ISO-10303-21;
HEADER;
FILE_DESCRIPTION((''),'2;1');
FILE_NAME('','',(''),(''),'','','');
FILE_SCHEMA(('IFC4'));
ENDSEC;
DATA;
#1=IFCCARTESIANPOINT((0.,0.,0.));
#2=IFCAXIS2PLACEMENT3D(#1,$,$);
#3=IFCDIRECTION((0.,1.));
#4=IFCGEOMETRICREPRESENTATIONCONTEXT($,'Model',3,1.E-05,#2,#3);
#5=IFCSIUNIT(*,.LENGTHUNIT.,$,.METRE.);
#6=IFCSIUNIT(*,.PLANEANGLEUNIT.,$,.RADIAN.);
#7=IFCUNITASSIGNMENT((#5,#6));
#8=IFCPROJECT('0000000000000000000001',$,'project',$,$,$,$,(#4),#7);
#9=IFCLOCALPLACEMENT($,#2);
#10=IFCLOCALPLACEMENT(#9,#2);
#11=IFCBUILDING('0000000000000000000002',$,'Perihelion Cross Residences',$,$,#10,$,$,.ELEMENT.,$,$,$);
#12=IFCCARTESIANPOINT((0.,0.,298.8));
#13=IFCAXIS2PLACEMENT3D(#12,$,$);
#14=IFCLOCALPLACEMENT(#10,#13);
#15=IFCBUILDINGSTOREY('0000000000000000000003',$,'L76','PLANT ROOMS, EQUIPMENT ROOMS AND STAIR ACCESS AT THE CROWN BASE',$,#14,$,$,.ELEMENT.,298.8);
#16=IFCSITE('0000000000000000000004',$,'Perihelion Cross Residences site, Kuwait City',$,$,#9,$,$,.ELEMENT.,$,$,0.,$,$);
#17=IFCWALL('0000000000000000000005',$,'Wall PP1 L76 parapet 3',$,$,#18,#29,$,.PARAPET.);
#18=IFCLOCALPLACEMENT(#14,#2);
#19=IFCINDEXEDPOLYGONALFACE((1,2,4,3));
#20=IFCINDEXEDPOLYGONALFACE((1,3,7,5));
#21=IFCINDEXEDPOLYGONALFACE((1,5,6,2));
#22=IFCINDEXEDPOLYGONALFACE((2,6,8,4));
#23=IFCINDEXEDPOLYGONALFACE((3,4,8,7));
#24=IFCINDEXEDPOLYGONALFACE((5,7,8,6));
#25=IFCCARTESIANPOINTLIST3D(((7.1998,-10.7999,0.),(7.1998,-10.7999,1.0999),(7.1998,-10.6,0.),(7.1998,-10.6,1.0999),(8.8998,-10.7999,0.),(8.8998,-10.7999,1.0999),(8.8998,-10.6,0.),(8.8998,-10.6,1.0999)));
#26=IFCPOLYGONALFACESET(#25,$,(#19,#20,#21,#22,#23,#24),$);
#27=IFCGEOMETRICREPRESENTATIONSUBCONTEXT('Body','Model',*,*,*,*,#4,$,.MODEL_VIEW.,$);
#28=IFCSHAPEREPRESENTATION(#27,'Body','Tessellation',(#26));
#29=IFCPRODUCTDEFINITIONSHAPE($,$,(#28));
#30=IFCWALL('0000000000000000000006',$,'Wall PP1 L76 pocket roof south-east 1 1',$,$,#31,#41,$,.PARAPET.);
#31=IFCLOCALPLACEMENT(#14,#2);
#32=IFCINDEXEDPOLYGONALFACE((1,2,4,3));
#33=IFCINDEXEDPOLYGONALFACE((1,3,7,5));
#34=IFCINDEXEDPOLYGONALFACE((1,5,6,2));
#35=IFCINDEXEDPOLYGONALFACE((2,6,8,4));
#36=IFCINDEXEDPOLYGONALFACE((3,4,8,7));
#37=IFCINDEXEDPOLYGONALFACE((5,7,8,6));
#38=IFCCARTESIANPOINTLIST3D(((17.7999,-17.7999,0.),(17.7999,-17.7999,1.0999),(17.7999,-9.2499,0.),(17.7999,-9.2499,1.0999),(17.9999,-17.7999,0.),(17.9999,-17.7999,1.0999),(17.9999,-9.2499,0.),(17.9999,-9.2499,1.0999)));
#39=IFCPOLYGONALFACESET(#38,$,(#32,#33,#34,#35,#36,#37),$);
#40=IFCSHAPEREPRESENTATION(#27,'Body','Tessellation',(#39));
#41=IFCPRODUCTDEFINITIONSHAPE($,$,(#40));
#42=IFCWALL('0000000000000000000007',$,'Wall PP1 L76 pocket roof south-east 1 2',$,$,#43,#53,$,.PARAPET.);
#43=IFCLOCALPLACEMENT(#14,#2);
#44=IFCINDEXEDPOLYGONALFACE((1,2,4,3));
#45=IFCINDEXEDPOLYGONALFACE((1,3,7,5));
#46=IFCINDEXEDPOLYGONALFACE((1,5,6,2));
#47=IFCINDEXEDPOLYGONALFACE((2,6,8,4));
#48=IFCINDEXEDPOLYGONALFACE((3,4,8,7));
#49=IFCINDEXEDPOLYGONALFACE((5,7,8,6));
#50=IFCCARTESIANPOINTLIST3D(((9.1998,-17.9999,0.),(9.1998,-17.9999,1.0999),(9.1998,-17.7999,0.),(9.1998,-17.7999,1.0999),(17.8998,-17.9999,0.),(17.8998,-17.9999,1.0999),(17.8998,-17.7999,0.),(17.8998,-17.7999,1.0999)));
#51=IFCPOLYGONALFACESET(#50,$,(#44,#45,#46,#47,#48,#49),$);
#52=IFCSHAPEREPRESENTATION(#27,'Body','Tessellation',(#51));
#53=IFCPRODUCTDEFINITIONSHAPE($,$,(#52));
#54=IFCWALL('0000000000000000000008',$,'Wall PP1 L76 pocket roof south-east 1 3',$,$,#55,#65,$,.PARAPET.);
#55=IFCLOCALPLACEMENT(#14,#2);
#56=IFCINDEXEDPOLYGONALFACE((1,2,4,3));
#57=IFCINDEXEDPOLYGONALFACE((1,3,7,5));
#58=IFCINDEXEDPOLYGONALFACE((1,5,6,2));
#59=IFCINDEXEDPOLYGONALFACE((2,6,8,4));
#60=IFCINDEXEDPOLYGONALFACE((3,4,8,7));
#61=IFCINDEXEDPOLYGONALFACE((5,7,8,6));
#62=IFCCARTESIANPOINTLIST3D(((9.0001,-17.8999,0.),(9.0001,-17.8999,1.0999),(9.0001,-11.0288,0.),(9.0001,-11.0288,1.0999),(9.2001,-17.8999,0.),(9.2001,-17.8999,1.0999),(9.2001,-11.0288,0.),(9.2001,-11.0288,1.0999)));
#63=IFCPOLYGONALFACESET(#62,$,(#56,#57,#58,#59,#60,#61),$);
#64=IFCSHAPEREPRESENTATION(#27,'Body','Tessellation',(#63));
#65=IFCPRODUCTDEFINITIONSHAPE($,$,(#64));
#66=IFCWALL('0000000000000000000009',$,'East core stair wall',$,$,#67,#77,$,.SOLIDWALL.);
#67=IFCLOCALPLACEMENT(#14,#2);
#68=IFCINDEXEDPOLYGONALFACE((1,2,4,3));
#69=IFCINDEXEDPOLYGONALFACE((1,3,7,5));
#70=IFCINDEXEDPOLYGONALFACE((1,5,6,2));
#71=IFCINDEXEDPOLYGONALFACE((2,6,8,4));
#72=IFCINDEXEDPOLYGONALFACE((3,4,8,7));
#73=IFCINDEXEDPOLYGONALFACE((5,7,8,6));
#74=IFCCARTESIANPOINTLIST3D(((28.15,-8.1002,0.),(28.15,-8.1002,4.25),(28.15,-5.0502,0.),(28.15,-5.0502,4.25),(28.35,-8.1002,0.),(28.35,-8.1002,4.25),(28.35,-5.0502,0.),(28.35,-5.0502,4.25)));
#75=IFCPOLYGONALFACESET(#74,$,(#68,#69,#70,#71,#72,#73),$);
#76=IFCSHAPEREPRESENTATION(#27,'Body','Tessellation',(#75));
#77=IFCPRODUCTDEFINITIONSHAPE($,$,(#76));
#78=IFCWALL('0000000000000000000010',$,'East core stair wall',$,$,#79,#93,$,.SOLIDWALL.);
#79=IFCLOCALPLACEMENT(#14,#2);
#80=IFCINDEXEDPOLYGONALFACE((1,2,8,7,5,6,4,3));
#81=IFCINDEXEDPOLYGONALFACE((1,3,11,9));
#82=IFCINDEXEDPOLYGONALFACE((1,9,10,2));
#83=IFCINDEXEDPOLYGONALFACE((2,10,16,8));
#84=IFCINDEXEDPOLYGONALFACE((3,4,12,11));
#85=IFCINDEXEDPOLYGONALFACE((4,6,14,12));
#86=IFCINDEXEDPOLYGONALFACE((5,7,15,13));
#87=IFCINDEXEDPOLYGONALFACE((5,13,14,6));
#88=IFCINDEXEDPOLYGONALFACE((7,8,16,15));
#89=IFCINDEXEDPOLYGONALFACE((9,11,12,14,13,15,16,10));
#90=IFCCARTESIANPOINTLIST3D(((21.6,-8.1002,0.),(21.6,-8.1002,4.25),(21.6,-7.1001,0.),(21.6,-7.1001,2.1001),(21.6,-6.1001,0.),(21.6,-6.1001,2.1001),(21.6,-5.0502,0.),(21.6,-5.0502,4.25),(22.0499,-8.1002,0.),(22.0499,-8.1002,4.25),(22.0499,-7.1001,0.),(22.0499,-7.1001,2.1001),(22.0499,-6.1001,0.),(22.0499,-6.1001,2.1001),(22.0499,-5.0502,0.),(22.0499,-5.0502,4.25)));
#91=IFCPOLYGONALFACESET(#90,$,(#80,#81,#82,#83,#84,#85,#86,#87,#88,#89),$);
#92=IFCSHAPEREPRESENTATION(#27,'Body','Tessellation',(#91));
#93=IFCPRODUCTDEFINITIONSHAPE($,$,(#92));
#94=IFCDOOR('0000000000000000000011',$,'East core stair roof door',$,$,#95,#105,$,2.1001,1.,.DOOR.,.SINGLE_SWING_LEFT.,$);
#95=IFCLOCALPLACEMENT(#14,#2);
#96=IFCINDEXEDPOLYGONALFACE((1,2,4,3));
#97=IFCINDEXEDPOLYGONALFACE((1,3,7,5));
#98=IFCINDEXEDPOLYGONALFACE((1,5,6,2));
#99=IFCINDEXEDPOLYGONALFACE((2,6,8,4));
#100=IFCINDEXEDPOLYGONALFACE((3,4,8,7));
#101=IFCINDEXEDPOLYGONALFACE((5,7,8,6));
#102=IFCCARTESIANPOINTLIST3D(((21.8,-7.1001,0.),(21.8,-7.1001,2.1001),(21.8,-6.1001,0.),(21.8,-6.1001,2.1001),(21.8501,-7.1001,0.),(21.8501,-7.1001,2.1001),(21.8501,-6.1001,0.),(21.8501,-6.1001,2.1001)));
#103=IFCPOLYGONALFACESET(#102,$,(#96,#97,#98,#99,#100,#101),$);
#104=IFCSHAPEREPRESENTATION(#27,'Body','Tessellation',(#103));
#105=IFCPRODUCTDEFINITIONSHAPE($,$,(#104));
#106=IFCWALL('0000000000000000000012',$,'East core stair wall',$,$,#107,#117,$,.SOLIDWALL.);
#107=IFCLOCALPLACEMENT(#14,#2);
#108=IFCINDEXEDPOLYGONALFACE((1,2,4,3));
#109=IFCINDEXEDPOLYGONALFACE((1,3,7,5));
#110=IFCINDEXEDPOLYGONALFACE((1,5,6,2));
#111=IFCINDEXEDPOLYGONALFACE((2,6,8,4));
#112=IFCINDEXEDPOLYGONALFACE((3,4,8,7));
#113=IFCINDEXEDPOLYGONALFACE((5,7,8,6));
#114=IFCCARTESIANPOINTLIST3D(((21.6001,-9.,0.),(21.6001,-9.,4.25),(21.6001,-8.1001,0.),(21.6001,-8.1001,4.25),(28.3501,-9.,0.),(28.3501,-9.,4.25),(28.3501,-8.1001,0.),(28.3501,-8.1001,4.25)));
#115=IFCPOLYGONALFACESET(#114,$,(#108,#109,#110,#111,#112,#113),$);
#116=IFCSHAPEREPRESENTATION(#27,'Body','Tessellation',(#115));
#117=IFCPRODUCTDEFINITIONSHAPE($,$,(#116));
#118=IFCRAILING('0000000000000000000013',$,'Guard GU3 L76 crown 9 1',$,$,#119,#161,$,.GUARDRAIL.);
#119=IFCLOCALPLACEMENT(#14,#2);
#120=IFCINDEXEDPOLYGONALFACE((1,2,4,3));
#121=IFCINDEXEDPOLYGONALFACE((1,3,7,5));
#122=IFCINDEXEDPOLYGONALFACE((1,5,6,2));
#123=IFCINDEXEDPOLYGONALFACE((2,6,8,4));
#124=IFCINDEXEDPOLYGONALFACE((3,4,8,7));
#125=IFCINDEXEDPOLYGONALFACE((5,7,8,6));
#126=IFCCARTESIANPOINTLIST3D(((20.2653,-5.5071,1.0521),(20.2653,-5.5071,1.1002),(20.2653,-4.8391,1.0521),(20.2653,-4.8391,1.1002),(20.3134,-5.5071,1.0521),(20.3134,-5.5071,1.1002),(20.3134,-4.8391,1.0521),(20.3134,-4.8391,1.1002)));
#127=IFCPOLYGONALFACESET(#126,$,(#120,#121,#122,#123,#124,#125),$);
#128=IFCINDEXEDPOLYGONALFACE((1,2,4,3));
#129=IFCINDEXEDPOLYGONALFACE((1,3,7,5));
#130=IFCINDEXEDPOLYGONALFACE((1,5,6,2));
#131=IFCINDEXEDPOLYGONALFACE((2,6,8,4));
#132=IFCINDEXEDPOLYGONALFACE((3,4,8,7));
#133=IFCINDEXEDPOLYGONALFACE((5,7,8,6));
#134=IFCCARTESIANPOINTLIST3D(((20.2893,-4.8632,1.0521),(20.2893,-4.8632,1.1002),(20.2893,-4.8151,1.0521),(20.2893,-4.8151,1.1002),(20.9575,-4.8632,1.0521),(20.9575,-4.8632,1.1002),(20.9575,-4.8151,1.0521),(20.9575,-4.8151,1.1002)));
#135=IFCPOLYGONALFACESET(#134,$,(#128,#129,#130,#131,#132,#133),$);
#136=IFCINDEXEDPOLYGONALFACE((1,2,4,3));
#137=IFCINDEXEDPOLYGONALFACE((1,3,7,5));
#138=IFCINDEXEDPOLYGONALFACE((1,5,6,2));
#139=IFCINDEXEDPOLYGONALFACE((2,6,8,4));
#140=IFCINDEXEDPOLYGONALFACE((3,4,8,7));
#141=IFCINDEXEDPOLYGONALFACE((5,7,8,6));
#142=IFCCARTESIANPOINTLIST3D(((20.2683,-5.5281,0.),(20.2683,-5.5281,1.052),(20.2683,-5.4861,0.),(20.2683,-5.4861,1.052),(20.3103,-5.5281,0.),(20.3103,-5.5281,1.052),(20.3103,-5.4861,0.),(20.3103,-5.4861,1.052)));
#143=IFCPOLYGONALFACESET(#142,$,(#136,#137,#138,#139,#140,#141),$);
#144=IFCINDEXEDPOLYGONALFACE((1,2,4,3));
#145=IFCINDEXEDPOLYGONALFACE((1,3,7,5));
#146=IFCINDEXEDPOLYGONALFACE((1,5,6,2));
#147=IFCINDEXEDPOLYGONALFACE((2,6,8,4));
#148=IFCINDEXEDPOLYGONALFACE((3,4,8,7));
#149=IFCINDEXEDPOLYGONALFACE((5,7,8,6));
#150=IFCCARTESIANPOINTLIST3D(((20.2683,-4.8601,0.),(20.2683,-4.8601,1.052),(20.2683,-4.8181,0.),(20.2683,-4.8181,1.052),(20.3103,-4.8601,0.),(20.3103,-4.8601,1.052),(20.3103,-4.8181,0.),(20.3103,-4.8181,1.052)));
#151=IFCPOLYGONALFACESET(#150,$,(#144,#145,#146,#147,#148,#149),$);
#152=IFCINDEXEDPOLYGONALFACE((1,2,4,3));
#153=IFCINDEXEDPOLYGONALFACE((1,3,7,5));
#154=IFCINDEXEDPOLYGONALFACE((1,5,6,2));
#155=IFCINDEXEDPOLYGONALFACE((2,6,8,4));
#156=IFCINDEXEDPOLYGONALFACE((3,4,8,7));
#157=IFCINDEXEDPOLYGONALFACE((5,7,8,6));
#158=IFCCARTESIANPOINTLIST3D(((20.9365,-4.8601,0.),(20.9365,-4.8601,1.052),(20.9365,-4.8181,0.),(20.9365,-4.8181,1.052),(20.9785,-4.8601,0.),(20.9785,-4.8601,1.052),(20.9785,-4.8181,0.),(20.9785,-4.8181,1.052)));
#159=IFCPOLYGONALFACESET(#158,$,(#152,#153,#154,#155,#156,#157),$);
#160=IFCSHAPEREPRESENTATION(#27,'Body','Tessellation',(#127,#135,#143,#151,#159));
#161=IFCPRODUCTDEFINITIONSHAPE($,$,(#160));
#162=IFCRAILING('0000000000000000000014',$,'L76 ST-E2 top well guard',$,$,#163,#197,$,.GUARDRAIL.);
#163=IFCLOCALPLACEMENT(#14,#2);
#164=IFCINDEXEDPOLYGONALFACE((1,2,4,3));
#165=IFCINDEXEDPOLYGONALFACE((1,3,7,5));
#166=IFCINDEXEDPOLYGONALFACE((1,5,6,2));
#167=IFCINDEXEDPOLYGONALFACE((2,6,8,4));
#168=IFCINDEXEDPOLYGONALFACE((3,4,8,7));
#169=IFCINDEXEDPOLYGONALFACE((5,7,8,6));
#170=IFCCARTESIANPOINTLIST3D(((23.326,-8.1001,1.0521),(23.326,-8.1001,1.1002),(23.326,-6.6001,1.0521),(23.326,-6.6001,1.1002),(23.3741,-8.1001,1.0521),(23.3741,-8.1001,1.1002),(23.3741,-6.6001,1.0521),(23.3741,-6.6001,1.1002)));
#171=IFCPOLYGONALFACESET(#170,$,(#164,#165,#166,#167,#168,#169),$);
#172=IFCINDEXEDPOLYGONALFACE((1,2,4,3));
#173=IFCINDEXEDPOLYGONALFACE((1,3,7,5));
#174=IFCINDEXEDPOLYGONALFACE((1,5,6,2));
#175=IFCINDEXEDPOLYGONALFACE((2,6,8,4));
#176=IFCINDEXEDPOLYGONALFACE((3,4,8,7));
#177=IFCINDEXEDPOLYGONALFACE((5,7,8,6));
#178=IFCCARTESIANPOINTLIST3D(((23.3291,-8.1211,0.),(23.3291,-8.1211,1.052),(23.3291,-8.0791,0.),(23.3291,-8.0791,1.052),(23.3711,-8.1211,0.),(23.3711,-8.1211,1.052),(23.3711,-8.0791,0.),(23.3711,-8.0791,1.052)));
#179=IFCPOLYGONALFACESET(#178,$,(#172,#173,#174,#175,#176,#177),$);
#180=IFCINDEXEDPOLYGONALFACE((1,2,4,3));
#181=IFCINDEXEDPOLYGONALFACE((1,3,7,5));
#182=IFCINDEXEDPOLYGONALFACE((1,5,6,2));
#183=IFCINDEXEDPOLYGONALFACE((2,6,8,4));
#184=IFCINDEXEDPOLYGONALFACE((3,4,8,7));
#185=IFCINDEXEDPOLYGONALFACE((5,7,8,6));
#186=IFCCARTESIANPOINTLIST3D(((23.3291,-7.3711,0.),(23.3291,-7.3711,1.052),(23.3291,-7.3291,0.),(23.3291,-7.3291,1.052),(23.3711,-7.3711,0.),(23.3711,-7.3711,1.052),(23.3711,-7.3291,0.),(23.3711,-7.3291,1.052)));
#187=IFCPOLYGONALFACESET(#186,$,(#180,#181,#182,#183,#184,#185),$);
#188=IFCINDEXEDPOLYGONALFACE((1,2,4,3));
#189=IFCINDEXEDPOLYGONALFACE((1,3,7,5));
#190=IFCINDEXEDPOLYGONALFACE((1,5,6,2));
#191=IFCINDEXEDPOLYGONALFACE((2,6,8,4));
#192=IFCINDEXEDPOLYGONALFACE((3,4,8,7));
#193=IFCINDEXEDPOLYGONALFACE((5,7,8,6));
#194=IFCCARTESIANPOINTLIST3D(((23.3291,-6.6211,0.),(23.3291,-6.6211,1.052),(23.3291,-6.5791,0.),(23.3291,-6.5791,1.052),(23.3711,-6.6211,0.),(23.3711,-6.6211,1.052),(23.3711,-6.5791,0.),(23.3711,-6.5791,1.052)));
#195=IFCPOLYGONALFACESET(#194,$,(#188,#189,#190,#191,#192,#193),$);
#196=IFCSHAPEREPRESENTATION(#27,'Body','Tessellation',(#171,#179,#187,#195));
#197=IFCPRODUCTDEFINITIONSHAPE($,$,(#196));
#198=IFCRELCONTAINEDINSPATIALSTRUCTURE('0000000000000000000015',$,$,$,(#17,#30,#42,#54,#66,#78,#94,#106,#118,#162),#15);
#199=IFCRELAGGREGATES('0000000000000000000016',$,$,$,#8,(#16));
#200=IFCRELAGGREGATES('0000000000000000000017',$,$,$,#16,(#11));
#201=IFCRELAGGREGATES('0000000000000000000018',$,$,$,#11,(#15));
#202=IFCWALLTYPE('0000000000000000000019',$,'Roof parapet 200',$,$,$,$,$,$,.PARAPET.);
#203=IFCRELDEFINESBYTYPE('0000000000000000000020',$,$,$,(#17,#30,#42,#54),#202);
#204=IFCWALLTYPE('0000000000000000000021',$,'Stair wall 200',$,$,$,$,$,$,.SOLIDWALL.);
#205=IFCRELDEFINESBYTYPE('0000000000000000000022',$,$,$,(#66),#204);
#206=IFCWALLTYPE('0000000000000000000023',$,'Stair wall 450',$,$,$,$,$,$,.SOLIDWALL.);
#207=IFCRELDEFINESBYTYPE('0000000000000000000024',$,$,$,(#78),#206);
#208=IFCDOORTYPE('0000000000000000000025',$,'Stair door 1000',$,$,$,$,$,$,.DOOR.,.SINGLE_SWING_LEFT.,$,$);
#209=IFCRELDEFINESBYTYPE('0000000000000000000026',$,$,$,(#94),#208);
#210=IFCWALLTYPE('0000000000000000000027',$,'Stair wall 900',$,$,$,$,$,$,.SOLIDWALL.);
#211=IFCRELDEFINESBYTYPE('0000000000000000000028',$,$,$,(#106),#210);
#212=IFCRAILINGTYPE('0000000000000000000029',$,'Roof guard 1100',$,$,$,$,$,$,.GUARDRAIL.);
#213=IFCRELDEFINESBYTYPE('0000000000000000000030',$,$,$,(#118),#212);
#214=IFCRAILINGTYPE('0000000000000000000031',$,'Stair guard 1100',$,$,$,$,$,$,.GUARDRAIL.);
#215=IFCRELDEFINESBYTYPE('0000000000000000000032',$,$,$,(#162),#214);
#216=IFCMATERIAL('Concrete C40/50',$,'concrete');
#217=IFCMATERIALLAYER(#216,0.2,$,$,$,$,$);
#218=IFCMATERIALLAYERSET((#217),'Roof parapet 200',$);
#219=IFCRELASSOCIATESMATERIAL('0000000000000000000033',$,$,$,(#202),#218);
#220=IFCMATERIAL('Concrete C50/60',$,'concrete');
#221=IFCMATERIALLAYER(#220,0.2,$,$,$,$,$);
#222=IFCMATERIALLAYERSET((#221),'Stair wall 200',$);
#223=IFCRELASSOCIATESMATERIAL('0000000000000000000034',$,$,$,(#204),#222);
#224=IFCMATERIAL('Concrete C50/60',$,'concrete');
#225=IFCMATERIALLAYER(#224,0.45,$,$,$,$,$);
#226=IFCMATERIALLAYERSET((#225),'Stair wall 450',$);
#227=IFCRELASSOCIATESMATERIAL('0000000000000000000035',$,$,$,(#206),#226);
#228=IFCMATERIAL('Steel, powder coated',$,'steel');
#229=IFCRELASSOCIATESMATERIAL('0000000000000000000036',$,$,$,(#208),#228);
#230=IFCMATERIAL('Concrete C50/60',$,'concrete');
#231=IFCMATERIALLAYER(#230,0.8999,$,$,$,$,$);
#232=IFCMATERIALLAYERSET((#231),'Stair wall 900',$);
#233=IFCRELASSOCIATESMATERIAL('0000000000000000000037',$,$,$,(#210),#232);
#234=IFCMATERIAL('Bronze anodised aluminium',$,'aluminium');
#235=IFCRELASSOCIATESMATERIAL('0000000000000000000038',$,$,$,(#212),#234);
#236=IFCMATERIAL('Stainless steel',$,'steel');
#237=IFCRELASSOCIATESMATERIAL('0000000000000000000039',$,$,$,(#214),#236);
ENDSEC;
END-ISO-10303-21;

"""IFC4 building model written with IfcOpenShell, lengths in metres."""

from ifc_helpers import new_model, si_unit, direction, frame, frame_2d, origin, origin_2d, place, context, subcontext, project, spatial, rectangle, extrude, material, layer, layer_set, type_object, element, fill, save


model = new_model("IFC4")

# Units and contexts
model_context = context("Model", 3, precision=1e-05, world=origin(), true_north=direction((0.0, 1.0)))
body_context = subcontext(model_context, "Body", "Model", "MODEL_VIEW")
ifc_project = project(units=[si_unit("LENGTHUNIT", "METRE"), si_unit("PLANEANGLEUNIT", "RADIAN")], contexts=[model_context])

# Site, building, storey
site_placement = place(None, origin())
site = spatial("IfcSite", under=ifc_project, at=site_placement, Name="Perihelion Cross Residences site, Kuwait City", CompositionType="ELEMENT", RefElevation=0.0)
building_placement = place(site_placement, origin())
building = spatial("IfcBuilding", under=site, at=building_placement, Name="Perihelion Cross Residences", CompositionType="ELEMENT")
storey_placement = place(building_placement, frame((0.0, 0.0, 298.8)))
storey = spatial("IfcBuildingStorey", under=building, at=storey_placement, Name="L76", Description="PLANT ROOMS, EQUIPMENT ROOMS AND STAIR ACCESS AT THE CROWN BASE", CompositionType="ELEMENT", Elevation=298.8)

# Walls
ifc_material_1 = material(Name="Concrete C40/50", Category="concrete")
ifc_layer_1 = layer(ifc_material_1, 0.2)
ifc_layer_set_1 = layer_set([ifc_layer_1], Name="Roof parapet 200")
wall_type_1 = type_object("IfcWallType", Name="Roof parapet 200", PredefinedType="PARAPET", material=ifc_layer_set_1)
wall_1_placement = place(storey_placement, frame((8.8999, -10.7, 0.0), z_axis=(0.0, 0.0, 1.0), x_axis=(-1.0, 0.0, 0.0)))
element("IfcWall", 1, at=wall_1_placement, inside=storey, type_object=wall_type_1, Name="Wall PP1 L76 parapet 3", PredefinedType="PARAPET", context=body_context, shape_type="SweptSolid", body=[
    extrude(rectangle(XDim=1.7, YDim=0.2, at=frame_2d((0.8501, 0.0))), origin(), (0.0, 0.0, 1.0), 1.0999),
])
wall_2_placement = place(storey_placement, frame((17.8999, -9.25, 0.0), z_axis=(0.0, 0.0, 1.0), x_axis=(0.0, -1.0, 0.0)))
element("IfcWall", 2, at=wall_2_placement, inside=storey, type_object=wall_type_1, Name="Wall PP1 L76 pocket roof south-east 1 1", PredefinedType="PARAPET", context=body_context, shape_type="SweptSolid", body=[
    extrude(rectangle(XDim=8.55, YDim=0.2, at=frame_2d((4.2749, 0.0))), origin(), (0.0, 0.0, 1.0), 1.0999),
])
wall_3_placement = place(storey_placement, frame((17.8999, -17.8999, 0.0), z_axis=(0.0, 0.0, 1.0), x_axis=(-1.0, 0.0, 0.0)))
element("IfcWall", 3, at=wall_3_placement, inside=storey, type_object=wall_type_1, Name="Wall PP1 L76 pocket roof south-east 1 2", PredefinedType="PARAPET", context=body_context, shape_type="SweptSolid", body=[
    extrude(rectangle(XDim=8.7, YDim=0.2, at=frame_2d((4.3501, 0.0))), origin(), (0.0, 0.0, 1.0), 1.0999),
])
wall_4_placement = place(storey_placement, frame((9.1001, -17.8999, 0.0), z_axis=(0.0, 0.0, 1.0), x_axis=(0.0, 1.0, 0.0)))
element("IfcWall", 4, at=wall_4_placement, inside=storey, type_object=wall_type_1, Name="Wall PP1 L76 pocket roof south-east 1 3", PredefinedType="PARAPET", context=body_context, shape_type="SweptSolid", body=[
    extrude(rectangle(XDim=6.8711, YDim=0.2, at=frame_2d((3.4355, 0.0))), origin(), (0.0, 0.0, 1.0), 1.0999),
])
ifc_material_2 = material(Name="Concrete C50/60", Category="concrete")
ifc_layer_2 = layer(ifc_material_2, 0.2)
ifc_layer_set_2 = layer_set([ifc_layer_2], Name="Stair wall 200")
wall_type_2 = type_object("IfcWallType", Name="Stair wall 200", PredefinedType="SOLIDWALL", material=ifc_layer_set_2)
wall_5_placement = place(storey_placement, frame((28.25, -8.1001, 0.0), z_axis=(0.0, 0.0, 1.0), x_axis=(0.0, 1.0, 0.0)))
element("IfcWall", 5, at=wall_5_placement, inside=storey, type_object=wall_type_2, Name="East core stair wall", PredefinedType="SOLIDWALL", context=body_context, shape_type="SweptSolid", body=[
    extrude(rectangle(XDim=3.05, YDim=0.2, at=frame_2d((1.5249, 0.0))), origin(), (0.0, 0.0, 1.0), 4.25),
])

# Wall, opening, door
ifc_material_3 = material(Name="Concrete C50/60", Category="concrete")
ifc_layer_3 = layer(ifc_material_3, 0.45)
ifc_layer_set_3 = layer_set([ifc_layer_3], Name="Stair wall 450")
wall_type_3 = type_object("IfcWallType", Name="Stair wall 450", PredefinedType="SOLIDWALL", material=ifc_layer_set_3)
wall_6_placement = place(storey_placement, frame((21.825, -8.1001, 0.0), z_axis=(0.0, 0.0, 1.0), x_axis=(0.0, 1.0, 0.0)))
wall_6 = element("IfcWall", 6, at=wall_6_placement, inside=storey, type_object=wall_type_3, Name="East core stair wall", PredefinedType="SOLIDWALL", context=body_context, shape_type="SweptSolid", body=[
    extrude(rectangle(XDim=3.05, YDim=0.45, at=frame_2d((1.5249, 0.0))), origin(), (0.0, 0.0, 1.0), 4.25),
])
opening_placement = place(wall_6_placement, frame((1.0, 0.0, 0.0)))
opening = element("IfcOpeningElement", 7, at=opening_placement, cuts=wall_6, PredefinedType="OPENING", context=body_context, shape_type="SweptSolid", body=[
    extrude(rectangle(XDim=1.0, YDim=2.1001, at=frame_2d((0.5, 1.05))), frame((0.0, 0.2349, 0.0), z_axis=(0.0, -1.0, 0.0), x_axis=(1.0, 0.0, 0.0)), (0.0, 0.0, 1.0), 0.47),
])
ifc_material_4 = material(Name="Steel, powder coated", Category="steel")
door_type = type_object("IfcDoorType", Name="Stair door 1000", OperationType="SINGLE_SWING_LEFT", PredefinedType="DOOR", material=ifc_material_4)
door_placement = place(opening_placement, origin())
door = element("IfcDoor", 8, at=door_placement, inside=storey, type_object=door_type, Name="East core stair roof door", OperationType="SINGLE_SWING_LEFT", OverallHeight=2.1001, OverallWidth=1.0, PredefinedType="DOOR", context=body_context, shape_type="SweptSolid", body=[
    extrude(rectangle(XDim=1.0, YDim=2.1001, at=frame_2d((0.5, 1.05))), frame((0.0, 0.0249, 0.0), z_axis=(0.0, -1.0, 0.0), x_axis=(1.0, 0.0, 0.0)), (0.0, 0.0, 1.0), 0.05),
])
fill(opening, door)

# Wall
ifc_material_5 = material(Name="Concrete C50/60", Category="concrete")
ifc_layer_4 = layer(ifc_material_5, 0.8999)
ifc_layer_set_4 = layer_set([ifc_layer_4], Name="Stair wall 900")
wall_type_4 = type_object("IfcWallType", Name="Stair wall 900", PredefinedType="SOLIDWALL", material=ifc_layer_set_4)
wall_7_placement = place(storey_placement, frame((21.6001, -8.55, 0.0), z_axis=(0.0, 0.0, 1.0), x_axis=(1.0, 0.0, 0.0)))
element("IfcWall", 9, at=wall_7_placement, inside=storey, type_object=wall_type_4, Name="East core stair wall", PredefinedType="SOLIDWALL", context=body_context, shape_type="SweptSolid", body=[
    extrude(rectangle(XDim=6.75, YDim=0.8999, at=frame_2d((3.375, 0.0))), origin(), (0.0, 0.0, 1.0), 4.25),
])

# Railings
ifc_material_6 = material(Name="Bronze anodised aluminium", Category="aluminium")
railing_type_1 = type_object("IfcRailingType", Name="Roof guard 1100", PredefinedType="GUARDRAIL", material=ifc_material_6)
railing_1_placement = place(storey_placement, frame((20.2893, -5.5071, 0.0)))
element("IfcRailing", 10, at=railing_1_placement, inside=storey, type_object=railing_type_1, Name="Guard GU3 L76 crown 9 1", PredefinedType="GUARDRAIL", context=body_context, shape_type="SweptSolid", body=[
    extrude(rectangle(XDim=0.0481, YDim=0.0481, at=origin_2d()), frame((0.0, 0.0, 1.0762), z_axis=(0.0, 1.0, 0.0), x_axis=(-1.0, 0.0, 0.0)), (0.0, 0.0, 1.0), 0.668),
    extrude(rectangle(XDim=0.0481, YDim=0.0481, at=origin_2d()), frame((0.0, 0.668, 1.0762), z_axis=(1.0, 0.0, 0.0), x_axis=(0.0, 1.0, 0.0)), (0.0, 0.0, 1.0), 0.6682),
    extrude(rectangle(XDim=0.042, YDim=0.042, at=origin_2d()), origin(), (0.0, 0.0, 1.0), 1.052),
    extrude(rectangle(XDim=0.042, YDim=0.042, at=origin_2d()), frame((0.0, 0.668, 0.0)), (0.0, 0.0, 1.0), 1.052),
    extrude(rectangle(XDim=0.042, YDim=0.042, at=origin_2d()), frame((0.6682, 0.668, 0.0)), (0.0, 0.0, 1.0), 1.052),
])
ifc_material_7 = material(Name="Stainless steel", Category="steel")
railing_type_2 = type_object("IfcRailingType", Name="Stair guard 1100", PredefinedType="GUARDRAIL", material=ifc_material_7)
railing_2_placement = place(storey_placement, frame((23.3501, -8.1001, 0.0)))
element("IfcRailing", 11, at=railing_2_placement, inside=storey, type_object=railing_type_2, Name="L76 ST-E2 top well guard", PredefinedType="GUARDRAIL", context=body_context, shape_type="SweptSolid", body=[
    extrude(rectangle(XDim=0.0481, YDim=0.0481, at=origin_2d()), frame((0.0, 0.0, 1.0762), z_axis=(0.0, 1.0, 0.0), x_axis=(-1.0, 0.0, 0.0)), (0.0, 0.0, 1.0), 1.5),
    extrude(rectangle(XDim=0.042, YDim=0.042, at=origin_2d()), origin(), (0.0, 0.0, 1.0), 1.052),
    extrude(rectangle(XDim=0.042, YDim=0.042, at=origin_2d()), frame((0.0, 0.75, 0.0)), (0.0, 0.0, 1.0), 1.052),
    extrude(rectangle(XDim=0.042, YDim=0.042, at=origin_2d()), frame((0.0, 1.5, 0.0)), (0.0, 0.0, 1.0), 1.052),
])

save(model, "model.ifc")
